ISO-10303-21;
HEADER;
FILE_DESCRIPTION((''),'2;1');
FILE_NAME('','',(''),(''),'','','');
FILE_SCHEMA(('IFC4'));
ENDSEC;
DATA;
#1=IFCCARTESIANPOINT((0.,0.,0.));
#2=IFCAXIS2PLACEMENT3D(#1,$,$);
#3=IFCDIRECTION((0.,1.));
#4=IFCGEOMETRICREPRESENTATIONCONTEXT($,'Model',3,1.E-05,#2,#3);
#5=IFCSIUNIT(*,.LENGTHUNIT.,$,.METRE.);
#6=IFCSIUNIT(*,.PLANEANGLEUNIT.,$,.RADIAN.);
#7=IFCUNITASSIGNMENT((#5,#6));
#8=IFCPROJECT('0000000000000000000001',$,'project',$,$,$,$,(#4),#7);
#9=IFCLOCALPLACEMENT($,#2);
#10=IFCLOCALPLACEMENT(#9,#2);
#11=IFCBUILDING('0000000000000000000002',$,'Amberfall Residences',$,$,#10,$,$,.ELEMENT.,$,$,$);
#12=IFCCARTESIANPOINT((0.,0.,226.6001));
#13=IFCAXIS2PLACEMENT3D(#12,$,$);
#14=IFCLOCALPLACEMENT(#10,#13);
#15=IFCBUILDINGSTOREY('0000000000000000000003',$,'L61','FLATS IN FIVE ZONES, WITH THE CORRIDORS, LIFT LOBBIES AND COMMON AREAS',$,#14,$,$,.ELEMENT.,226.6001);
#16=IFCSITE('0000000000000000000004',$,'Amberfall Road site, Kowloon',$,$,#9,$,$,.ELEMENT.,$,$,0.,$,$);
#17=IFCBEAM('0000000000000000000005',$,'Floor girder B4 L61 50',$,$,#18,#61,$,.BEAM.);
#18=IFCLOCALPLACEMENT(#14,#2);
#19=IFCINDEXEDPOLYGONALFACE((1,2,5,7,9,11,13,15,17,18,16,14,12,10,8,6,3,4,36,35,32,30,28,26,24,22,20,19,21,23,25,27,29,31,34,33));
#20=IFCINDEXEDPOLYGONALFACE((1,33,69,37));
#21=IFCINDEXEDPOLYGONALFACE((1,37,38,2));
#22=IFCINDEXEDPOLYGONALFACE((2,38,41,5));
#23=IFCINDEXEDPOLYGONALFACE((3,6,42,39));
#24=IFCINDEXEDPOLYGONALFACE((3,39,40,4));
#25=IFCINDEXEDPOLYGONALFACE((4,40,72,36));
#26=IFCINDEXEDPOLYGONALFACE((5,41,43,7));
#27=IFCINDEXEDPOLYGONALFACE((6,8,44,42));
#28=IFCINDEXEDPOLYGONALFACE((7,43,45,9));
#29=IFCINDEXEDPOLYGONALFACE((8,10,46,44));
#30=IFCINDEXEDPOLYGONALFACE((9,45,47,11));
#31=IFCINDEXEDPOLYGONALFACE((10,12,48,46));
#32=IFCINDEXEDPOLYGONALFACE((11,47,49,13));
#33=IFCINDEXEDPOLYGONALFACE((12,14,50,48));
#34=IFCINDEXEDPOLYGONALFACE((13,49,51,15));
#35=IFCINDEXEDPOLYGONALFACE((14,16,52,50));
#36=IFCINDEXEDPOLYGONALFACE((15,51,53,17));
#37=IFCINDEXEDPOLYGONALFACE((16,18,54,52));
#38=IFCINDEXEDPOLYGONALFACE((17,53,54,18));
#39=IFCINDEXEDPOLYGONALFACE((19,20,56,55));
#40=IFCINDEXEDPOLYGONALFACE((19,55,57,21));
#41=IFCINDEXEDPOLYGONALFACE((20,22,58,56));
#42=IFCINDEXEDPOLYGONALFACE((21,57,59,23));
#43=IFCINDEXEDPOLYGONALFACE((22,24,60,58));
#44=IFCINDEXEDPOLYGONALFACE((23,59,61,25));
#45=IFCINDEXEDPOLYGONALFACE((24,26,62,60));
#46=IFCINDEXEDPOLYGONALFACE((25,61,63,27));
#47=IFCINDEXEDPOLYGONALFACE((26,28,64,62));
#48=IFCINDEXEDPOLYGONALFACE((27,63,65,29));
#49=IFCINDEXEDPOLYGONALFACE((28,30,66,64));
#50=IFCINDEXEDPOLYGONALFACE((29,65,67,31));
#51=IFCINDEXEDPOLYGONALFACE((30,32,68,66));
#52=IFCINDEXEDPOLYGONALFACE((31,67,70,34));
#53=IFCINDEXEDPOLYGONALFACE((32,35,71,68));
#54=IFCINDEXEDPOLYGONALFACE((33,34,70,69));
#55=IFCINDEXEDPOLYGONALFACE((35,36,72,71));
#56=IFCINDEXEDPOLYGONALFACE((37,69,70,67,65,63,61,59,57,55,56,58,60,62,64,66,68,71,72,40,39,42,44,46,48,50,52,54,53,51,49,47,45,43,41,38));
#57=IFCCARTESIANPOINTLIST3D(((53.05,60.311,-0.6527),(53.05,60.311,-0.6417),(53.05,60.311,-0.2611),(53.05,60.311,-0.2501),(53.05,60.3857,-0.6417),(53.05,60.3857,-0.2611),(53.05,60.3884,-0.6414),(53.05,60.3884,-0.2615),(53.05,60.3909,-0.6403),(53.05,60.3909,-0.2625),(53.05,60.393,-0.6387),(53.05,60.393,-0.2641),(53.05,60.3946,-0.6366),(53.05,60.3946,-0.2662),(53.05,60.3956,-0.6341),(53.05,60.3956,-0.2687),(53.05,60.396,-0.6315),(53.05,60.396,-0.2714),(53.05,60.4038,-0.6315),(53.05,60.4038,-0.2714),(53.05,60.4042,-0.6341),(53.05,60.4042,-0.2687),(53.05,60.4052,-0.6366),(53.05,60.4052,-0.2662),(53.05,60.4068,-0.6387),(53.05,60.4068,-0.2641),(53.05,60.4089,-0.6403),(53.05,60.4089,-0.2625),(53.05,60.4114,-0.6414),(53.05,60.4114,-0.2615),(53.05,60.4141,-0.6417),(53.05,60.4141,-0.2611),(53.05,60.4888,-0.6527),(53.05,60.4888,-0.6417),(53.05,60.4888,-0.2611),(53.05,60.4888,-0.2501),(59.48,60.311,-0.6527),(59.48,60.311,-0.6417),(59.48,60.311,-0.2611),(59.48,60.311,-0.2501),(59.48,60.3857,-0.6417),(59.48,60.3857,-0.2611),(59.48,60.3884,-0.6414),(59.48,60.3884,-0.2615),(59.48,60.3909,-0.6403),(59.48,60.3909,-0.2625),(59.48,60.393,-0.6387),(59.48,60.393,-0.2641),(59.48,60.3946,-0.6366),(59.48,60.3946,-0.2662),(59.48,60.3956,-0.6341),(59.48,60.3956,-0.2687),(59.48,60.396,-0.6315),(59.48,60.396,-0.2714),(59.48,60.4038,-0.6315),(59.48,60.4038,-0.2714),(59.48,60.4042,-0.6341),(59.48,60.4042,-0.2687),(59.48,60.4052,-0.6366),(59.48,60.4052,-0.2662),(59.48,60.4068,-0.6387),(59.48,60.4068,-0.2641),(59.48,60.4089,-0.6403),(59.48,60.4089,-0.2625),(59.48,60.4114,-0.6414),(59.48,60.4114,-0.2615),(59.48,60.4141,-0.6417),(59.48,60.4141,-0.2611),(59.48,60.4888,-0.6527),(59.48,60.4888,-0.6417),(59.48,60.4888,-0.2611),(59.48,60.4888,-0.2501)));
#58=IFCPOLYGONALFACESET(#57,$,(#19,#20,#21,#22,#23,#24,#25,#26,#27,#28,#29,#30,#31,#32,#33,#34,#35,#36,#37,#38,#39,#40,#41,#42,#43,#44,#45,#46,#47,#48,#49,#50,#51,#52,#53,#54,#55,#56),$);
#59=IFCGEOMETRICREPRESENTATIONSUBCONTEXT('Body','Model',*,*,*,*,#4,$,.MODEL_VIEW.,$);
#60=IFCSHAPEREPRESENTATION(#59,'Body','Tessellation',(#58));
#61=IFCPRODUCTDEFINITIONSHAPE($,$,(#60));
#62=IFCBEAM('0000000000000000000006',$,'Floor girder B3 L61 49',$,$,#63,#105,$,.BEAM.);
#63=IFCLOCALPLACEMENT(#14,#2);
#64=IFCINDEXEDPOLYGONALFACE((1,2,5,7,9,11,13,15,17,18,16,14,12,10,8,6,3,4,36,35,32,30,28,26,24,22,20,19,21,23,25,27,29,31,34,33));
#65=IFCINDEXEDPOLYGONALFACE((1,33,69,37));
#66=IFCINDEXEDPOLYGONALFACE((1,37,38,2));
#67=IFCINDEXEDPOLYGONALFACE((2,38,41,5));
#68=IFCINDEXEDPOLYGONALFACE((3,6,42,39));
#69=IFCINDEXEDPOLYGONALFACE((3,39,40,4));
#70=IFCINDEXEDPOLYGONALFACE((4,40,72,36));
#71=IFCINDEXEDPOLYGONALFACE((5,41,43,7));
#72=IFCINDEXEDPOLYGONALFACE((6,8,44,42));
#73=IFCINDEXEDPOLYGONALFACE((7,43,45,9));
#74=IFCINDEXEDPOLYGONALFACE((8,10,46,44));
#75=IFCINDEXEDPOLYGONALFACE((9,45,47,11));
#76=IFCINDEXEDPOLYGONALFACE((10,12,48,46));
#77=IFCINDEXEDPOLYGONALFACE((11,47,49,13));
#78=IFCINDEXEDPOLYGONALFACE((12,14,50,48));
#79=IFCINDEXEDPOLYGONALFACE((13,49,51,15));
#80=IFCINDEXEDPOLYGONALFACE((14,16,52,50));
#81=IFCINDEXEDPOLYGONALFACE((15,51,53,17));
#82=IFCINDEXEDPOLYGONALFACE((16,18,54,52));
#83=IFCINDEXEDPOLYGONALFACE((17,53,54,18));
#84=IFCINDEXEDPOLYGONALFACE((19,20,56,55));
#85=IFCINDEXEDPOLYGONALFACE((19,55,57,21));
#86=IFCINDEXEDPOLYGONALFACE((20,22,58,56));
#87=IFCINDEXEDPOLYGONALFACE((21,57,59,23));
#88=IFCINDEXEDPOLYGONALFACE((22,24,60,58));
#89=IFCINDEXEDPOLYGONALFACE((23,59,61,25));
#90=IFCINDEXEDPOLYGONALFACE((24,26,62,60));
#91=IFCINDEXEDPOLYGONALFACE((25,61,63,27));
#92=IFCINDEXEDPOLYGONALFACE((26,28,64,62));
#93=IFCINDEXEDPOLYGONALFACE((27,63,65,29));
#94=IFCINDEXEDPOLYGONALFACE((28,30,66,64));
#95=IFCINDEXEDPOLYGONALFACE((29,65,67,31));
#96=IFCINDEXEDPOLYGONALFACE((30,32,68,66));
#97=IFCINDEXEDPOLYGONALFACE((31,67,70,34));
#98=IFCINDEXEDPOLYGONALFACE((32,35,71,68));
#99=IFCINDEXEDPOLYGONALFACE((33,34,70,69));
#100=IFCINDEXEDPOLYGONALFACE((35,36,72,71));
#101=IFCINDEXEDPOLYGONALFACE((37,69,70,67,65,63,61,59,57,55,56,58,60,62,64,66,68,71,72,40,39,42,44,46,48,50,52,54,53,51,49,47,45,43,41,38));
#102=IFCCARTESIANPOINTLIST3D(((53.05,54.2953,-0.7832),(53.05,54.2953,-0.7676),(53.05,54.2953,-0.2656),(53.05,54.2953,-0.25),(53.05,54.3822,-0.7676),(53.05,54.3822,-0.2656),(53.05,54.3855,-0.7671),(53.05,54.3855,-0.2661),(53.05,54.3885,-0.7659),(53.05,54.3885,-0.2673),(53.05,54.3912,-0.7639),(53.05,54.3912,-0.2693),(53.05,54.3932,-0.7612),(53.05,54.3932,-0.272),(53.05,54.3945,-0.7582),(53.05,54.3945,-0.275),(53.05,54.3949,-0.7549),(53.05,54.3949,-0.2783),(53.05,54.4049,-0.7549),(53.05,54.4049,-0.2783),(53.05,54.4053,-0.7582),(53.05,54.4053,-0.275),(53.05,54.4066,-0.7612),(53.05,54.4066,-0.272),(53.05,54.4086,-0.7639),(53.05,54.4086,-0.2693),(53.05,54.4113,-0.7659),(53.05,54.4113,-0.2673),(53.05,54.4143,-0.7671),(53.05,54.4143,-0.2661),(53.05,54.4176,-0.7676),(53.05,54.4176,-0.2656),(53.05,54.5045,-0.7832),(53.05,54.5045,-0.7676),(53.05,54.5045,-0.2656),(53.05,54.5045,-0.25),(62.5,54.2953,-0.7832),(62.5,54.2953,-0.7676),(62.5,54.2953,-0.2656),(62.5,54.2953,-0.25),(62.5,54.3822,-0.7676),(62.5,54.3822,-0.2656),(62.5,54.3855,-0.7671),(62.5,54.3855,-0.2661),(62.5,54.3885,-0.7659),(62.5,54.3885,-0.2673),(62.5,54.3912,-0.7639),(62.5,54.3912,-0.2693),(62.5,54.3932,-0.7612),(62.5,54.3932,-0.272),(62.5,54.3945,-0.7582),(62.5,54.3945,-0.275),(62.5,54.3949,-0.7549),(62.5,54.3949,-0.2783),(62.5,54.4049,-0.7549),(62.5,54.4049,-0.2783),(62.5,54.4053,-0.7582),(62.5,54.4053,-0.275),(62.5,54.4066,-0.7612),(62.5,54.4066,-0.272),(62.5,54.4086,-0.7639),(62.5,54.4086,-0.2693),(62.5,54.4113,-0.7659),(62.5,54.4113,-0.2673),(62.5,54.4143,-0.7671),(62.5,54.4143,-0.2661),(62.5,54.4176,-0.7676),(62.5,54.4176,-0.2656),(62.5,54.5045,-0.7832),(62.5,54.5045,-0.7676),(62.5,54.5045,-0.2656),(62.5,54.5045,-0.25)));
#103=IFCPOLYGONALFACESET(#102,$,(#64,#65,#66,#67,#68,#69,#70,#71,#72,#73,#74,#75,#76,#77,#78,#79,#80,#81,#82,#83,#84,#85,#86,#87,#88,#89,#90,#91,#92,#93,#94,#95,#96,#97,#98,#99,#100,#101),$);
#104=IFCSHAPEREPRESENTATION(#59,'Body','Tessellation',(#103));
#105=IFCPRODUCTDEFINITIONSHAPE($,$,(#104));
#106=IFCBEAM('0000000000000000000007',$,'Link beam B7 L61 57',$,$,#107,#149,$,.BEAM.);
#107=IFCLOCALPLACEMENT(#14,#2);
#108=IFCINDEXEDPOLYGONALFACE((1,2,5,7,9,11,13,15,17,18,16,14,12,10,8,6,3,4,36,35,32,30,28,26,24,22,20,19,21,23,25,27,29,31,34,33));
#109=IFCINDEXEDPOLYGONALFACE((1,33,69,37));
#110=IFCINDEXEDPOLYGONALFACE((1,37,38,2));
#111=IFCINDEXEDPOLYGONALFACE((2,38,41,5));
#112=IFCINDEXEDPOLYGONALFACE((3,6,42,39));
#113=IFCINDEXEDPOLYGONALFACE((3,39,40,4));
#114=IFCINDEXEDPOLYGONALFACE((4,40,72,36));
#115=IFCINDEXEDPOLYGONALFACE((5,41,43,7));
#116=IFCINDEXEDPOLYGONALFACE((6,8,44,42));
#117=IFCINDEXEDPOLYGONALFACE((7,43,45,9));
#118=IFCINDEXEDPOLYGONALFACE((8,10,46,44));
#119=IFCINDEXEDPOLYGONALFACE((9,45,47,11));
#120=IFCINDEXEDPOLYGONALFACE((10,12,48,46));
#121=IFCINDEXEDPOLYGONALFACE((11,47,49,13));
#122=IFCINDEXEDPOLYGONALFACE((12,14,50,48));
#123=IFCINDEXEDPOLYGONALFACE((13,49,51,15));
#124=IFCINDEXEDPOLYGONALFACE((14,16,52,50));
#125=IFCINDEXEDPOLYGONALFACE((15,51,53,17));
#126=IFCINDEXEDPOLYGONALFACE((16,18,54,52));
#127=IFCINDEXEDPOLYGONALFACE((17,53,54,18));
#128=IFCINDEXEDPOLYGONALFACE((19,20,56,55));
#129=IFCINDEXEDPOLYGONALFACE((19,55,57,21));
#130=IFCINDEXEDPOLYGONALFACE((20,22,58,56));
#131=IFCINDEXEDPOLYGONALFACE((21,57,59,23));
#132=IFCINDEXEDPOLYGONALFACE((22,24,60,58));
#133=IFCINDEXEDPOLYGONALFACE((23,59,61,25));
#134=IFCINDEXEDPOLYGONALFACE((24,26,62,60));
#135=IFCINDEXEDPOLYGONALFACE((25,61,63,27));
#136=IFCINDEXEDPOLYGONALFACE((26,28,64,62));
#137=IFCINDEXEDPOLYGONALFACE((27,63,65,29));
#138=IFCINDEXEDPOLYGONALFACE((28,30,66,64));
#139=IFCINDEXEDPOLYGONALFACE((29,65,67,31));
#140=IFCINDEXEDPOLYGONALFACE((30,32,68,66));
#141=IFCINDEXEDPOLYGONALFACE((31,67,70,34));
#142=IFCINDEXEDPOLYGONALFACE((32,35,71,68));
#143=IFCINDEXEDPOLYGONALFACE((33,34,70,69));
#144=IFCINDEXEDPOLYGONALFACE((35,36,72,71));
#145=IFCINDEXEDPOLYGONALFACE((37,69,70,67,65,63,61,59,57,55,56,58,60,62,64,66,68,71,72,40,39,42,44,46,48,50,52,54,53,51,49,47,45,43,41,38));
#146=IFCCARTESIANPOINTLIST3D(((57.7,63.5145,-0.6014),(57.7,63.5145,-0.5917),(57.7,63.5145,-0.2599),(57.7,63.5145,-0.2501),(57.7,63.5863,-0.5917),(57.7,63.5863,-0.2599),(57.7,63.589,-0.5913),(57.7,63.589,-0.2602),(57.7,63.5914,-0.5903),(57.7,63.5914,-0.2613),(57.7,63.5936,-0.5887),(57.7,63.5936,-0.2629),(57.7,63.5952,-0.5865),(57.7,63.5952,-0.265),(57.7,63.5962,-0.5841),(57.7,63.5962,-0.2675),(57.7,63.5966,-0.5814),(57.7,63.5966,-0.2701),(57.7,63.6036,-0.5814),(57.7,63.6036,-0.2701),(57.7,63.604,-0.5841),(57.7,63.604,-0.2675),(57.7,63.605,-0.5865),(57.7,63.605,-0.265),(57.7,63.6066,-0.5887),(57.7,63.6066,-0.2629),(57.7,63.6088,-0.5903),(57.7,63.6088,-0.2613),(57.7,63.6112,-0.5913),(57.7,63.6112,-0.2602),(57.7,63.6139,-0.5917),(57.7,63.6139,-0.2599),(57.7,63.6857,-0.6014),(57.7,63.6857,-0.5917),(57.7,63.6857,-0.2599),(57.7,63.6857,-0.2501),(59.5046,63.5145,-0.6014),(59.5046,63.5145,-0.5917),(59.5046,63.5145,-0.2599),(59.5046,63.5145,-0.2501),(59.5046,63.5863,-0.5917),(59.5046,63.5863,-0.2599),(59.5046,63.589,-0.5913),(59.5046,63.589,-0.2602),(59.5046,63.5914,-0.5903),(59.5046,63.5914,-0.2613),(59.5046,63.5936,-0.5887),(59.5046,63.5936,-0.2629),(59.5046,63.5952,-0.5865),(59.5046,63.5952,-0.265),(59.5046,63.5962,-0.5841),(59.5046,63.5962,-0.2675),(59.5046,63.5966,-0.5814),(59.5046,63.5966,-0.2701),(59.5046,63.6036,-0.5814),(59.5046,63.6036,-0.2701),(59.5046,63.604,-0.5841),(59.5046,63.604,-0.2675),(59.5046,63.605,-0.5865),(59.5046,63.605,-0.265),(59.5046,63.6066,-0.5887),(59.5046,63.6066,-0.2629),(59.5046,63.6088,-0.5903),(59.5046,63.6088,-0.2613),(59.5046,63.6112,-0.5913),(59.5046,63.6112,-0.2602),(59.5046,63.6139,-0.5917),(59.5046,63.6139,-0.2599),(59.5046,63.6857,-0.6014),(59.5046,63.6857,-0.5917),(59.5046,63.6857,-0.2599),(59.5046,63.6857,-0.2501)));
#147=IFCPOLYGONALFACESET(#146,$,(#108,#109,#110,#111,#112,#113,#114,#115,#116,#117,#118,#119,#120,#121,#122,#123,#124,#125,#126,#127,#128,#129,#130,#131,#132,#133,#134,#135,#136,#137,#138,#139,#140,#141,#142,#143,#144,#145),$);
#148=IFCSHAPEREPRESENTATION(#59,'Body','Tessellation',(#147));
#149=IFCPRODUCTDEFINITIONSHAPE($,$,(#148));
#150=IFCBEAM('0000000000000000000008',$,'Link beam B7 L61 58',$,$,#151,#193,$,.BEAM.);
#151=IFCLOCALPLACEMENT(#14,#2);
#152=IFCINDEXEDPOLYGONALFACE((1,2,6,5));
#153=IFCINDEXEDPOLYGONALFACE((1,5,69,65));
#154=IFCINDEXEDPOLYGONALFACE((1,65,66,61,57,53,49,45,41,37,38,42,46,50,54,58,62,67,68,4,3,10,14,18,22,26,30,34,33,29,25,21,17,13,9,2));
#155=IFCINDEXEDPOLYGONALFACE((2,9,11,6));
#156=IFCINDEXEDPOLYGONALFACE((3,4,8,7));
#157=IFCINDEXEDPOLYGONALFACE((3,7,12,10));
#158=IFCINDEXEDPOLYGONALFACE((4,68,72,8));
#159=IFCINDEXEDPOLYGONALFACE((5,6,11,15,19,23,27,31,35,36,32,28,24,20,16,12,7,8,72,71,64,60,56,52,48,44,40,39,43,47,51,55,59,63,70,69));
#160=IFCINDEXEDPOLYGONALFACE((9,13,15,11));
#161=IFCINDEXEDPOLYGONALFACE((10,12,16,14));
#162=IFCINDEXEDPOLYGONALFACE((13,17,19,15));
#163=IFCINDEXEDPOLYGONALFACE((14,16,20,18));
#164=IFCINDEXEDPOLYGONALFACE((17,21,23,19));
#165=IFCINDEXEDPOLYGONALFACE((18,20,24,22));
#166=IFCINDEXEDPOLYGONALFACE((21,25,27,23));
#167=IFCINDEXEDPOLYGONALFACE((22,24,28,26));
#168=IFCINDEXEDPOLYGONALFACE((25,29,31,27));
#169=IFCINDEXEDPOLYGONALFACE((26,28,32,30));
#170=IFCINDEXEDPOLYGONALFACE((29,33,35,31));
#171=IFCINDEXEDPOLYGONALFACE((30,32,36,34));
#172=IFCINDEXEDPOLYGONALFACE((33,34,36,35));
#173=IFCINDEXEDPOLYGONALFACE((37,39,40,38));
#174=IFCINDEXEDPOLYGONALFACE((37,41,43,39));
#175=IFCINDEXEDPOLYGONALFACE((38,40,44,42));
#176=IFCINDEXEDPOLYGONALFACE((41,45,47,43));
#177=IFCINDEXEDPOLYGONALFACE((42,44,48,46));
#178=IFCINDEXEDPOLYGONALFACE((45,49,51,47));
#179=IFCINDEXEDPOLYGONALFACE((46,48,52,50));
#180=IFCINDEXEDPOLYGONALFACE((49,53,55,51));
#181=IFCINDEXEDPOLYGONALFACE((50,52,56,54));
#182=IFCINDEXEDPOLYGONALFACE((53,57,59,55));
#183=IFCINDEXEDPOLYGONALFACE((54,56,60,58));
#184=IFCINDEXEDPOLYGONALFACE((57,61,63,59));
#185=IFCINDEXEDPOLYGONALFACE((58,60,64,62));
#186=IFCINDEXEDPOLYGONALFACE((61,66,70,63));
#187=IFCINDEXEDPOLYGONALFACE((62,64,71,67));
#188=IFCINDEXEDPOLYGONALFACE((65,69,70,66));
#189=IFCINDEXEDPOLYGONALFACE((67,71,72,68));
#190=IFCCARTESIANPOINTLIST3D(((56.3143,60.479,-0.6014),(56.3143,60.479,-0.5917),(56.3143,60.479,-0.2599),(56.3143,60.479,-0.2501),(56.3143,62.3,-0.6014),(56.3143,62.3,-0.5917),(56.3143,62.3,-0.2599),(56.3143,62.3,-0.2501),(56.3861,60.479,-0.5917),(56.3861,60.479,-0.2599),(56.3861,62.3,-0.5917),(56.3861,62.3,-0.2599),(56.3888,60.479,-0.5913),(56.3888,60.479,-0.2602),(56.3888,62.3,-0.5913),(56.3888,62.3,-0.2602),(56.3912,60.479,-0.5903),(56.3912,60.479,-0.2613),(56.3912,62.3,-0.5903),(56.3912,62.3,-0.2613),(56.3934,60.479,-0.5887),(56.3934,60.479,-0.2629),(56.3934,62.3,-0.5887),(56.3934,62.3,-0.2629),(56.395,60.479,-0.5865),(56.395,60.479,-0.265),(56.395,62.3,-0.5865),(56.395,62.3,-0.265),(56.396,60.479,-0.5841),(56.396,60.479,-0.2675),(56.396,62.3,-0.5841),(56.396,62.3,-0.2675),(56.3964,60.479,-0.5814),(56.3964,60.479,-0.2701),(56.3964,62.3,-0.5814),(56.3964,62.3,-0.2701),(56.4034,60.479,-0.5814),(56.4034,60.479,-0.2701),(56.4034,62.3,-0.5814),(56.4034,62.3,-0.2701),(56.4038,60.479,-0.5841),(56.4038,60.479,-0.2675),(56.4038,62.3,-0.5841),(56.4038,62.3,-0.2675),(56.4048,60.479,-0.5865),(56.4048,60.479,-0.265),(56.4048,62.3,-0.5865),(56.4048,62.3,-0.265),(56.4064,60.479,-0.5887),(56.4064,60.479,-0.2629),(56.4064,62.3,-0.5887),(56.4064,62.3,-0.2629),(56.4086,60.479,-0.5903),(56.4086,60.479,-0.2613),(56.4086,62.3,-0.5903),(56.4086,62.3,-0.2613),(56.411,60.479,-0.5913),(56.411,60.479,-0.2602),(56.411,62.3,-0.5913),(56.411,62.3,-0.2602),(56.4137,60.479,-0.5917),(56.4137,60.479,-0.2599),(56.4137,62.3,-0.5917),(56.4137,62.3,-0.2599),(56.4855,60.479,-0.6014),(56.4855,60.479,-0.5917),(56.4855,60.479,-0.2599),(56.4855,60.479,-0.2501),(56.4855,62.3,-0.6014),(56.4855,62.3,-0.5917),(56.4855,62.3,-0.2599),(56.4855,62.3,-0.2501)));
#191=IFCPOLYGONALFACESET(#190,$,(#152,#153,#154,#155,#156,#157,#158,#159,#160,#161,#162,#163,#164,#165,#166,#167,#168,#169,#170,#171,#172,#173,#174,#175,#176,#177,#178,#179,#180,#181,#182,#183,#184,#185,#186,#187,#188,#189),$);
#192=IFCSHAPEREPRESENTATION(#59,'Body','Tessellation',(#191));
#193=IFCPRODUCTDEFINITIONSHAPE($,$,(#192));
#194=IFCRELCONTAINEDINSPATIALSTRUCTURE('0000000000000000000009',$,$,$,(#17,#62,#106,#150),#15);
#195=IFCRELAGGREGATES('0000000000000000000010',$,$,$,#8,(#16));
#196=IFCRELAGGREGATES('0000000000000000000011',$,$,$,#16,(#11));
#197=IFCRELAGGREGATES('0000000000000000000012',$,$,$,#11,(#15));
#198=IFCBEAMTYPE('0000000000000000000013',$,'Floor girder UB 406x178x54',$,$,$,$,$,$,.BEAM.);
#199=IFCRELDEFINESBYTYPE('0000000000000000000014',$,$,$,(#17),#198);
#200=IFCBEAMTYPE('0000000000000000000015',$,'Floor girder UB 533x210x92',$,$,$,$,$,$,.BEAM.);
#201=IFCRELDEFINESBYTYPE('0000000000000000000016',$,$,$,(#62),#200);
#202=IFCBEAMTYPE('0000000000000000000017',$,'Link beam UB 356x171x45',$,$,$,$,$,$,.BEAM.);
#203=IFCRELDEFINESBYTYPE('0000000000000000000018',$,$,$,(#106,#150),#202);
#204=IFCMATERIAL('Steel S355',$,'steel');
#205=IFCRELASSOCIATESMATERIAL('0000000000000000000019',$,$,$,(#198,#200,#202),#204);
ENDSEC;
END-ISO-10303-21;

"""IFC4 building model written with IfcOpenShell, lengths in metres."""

from ifc_helpers import new_model, si_unit, direction, frame, origin, origin_2d, place, context, subcontext, project, spatial, i_section, extrude, material, material_profile, profile_set, type_object, element, save


model = new_model("IFC4")

# Units and contexts
model_context = context("Model", 3, precision=1e-05, world=origin(), true_north=direction((0.0, 1.0)))
body_context = subcontext(model_context, "Body", "Model", "MODEL_VIEW")
ifc_project = project(units=[si_unit("LENGTHUNIT", "METRE"), si_unit("PLANEANGLEUNIT", "RADIAN")], contexts=[model_context])

# Site, building, storey
site_placement = place(None, origin())
site = spatial("IfcSite", under=ifc_project, at=site_placement, Name="Amberfall Road site, Kowloon", CompositionType="ELEMENT", RefElevation=0.0)
building_placement = place(site_placement, origin())
building = spatial("IfcBuilding", under=site, at=building_placement, Name="Amberfall Residences", CompositionType="ELEMENT")
storey_placement = place(building_placement, frame((0.0, 0.0, 226.6001)))
storey = spatial("IfcBuildingStorey", under=building, at=storey_placement, Name="L61", Description="FLATS IN FIVE ZONES, WITH THE CORRIDORS, LIFT LOBBIES AND COMMON AREAS", CompositionType="ELEMENT", Elevation=226.6001)

# Shared definitions
ifc_material_1 = material(Name="Steel S355", Category="steel")

# Beams
ifc_material_profile_1 = material_profile(ifc_material_1, i_section(OverallWidth=0.1777, OverallDepth=0.4026, WebThickness=0.0078, FlangeThickness=0.011, FilletRadius=0.0103, at=origin_2d()), Name="UB 406x178x54")
ifc_profile_set_1 = profile_set([ifc_material_profile_1], Name="Steel S355")
beam_type_1 = type_object("IfcBeamType", Name="Floor girder UB 406x178x54", PredefinedType="BEAM", material=ifc_profile_set_1)
beam_1_placement = place(storey_placement, frame((53.05, 60.3999, -0.4514), z_axis=(1.0, 0.0, 0.0), x_axis=(0.0, 1.0, 0.0)))
element("IfcBeam", 1, at=beam_1_placement, inside=storey, type_object=beam_type_1, Name="Floor girder B4 L61 50", PredefinedType="BEAM", context=body_context, shape_type="SweptSolid", body=[
    extrude(i_section(OverallWidth=0.1777, OverallDepth=0.4026, WebThickness=0.0078, FlangeThickness=0.011, FilletRadius=0.0103, at=origin_2d()), origin(), (0.0, 0.0, 1.0), 6.4299),
])
ifc_material_profile_2 = material_profile(ifc_material_1, i_section(OverallWidth=0.2092, OverallDepth=0.5332, WebThickness=0.01, FlangeThickness=0.0156, FilletRadius=0.0127, at=origin_2d()), Name="UB 533x210x92")
ifc_profile_set_2 = profile_set([ifc_material_profile_2], Name="Steel S355")
beam_type_2 = type_object("IfcBeamType", Name="Floor girder UB 533x210x92", PredefinedType="BEAM", material=ifc_profile_set_2)
beam_2_placement = place(storey_placement, frame((53.05, 54.3999, -0.5166), z_axis=(1.0, 0.0, 0.0), x_axis=(0.0, 1.0, 0.0)))
element("IfcBeam", 2, at=beam_2_placement, inside=storey, type_object=beam_type_2, Name="Floor girder B3 L61 49", PredefinedType="BEAM", context=body_context, shape_type="SweptSolid", body=[
    extrude(i_section(OverallWidth=0.2092, OverallDepth=0.5332, WebThickness=0.01, FlangeThickness=0.0156, FilletRadius=0.0127, at=origin_2d()), origin(), (0.0, 0.0, 1.0), 9.45),
])
ifc_material_profile_3 = material_profile(ifc_material_1, i_section(OverallWidth=0.1711, OverallDepth=0.3513, WebThickness=0.0071, FlangeThickness=0.0098, FilletRadius=0.0103, at=origin_2d()), Name="UB 356x171x45")
ifc_profile_set_3 = profile_set([ifc_material_profile_3], Name="Steel S355")
beam_type_3 = type_object("IfcBeamType", Name="Link beam UB 356x171x45", PredefinedType="BEAM", material=ifc_profile_set_3)
beam_3_placement = place(storey_placement, frame((57.7, 63.6001, -0.4258), z_axis=(1.0, 0.0, 0.0), x_axis=(0.0, 1.0, 0.0)))
element("IfcBeam", 3, at=beam_3_placement, inside=storey, type_object=beam_type_3, Name="Link beam B7 L61 57", PredefinedType="BEAM", context=body_context, shape_type="SweptSolid", body=[
    extrude(i_section(OverallWidth=0.1711, OverallDepth=0.3513, WebThickness=0.0071, FlangeThickness=0.0098, FilletRadius=0.0103, at=origin_2d()), origin(), (0.0, 0.0, 1.0), 1.8047),
])
beam_4_placement = place(storey_placement, frame((56.3999, 62.3, -0.4258), z_axis=(0.0, -1.0, 0.0), x_axis=(1.0, 0.0, 0.0)))
element("IfcBeam", 4, at=beam_4_placement, inside=storey, type_object=beam_type_3, Name="Link beam B7 L61 58", PredefinedType="BEAM", context=body_context, shape_type="SweptSolid", body=[
    extrude(i_section(OverallWidth=0.1711, OverallDepth=0.3513, WebThickness=0.0071, FlangeThickness=0.0098, FilletRadius=0.0103, at=origin_2d()), origin(), (0.0, 0.0, 1.0), 1.821),
])

save(model, "model.ifc")
